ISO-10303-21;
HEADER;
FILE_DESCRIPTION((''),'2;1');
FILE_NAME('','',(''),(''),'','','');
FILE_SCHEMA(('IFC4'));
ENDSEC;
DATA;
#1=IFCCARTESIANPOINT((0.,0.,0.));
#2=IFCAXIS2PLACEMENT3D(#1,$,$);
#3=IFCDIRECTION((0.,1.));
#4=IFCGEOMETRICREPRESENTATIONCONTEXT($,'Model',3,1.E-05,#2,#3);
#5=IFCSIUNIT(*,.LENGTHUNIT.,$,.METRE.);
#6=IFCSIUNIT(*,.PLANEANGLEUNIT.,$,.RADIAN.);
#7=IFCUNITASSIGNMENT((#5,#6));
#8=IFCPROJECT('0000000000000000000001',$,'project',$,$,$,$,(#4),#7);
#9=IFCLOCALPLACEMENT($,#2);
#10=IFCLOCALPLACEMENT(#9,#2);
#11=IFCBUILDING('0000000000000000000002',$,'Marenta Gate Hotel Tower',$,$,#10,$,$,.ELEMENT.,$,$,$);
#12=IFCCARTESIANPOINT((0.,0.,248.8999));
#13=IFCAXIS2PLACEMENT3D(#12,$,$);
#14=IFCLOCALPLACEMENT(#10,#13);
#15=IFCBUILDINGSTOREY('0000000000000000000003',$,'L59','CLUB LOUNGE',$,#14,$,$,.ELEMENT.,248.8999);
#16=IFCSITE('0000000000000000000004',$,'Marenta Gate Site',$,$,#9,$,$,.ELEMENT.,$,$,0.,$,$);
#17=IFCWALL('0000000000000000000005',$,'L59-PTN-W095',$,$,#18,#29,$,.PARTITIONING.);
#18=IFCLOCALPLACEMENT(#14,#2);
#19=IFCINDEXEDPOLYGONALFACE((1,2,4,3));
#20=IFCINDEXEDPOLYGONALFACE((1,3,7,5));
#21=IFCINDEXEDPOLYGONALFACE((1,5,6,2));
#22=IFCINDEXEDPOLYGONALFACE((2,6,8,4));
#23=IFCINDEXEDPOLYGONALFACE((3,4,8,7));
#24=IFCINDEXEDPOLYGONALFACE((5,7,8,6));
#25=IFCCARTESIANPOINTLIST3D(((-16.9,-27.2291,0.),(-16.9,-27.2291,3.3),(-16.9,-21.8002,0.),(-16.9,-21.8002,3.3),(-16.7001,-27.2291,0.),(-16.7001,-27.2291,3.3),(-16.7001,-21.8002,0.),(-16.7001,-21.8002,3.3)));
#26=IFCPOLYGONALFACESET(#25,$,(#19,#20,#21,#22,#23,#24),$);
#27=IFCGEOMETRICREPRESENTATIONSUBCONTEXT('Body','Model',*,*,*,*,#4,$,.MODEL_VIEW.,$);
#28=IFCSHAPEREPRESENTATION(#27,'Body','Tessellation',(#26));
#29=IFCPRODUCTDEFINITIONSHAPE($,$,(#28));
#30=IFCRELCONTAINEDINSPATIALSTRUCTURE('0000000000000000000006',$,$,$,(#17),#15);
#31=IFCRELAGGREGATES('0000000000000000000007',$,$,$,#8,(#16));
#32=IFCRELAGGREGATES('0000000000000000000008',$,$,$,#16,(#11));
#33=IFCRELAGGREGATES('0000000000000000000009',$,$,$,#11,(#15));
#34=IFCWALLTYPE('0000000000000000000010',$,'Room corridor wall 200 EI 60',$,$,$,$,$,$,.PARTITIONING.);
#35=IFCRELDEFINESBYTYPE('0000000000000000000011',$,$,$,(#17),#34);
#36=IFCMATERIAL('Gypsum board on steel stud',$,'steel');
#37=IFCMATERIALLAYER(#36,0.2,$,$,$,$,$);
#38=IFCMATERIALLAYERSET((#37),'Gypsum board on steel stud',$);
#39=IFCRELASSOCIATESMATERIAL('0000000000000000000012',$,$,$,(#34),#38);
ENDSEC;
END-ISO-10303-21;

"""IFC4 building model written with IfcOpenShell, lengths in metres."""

from ifc_helpers import new_model, si_unit, direction, frame, frame_2d, origin, place, context, subcontext, project, spatial, rectangle, extrude, material, layer, layer_set, type_object, element, save


model = new_model("IFC4")

# Units and contexts
model_context = context("Model", 3, precision=1e-05, world=origin(), true_north=direction((0.0, 1.0)))
body_context = subcontext(model_context, "Body", "Model", "MODEL_VIEW")
ifc_project = project(units=[si_unit("LENGTHUNIT", "METRE"), si_unit("PLANEANGLEUNIT", "RADIAN")], contexts=[model_context])

# Site, building, storey
site_placement = place(None, origin())
site = spatial("IfcSite", under=ifc_project, at=site_placement, Name="Marenta Gate Site", CompositionType="ELEMENT", RefElevation=0.0)
building_placement = place(site_placement, origin())
building = spatial("IfcBuilding", under=site, at=building_placement, Name="Marenta Gate Hotel Tower", CompositionType="ELEMENT")
storey_placement = place(building_placement, frame((0.0, 0.0, 248.8999)))
storey = spatial("IfcBuildingStorey", under=building, at=storey_placement, Name="L59", Description="CLUB LOUNGE", CompositionType="ELEMENT", Elevation=248.8999)

# Shared definitions
ifc_material_1 = material(Name="Gypsum board on steel stud", Category="steel")
ifc_layer_1 = layer(ifc_material_1, 0.2)
ifc_layer_set_1 = layer_set([ifc_layer_1], Name="Gypsum board on steel stud")
wall_type = type_object("IfcWallType", Name="Room corridor wall 200 EI 60", PredefinedType="PARTITIONING", material=ifc_layer_set_1)

# Wall
wall_1_placement = place(storey_placement, frame((-16.8, -27.229, 0.0), z_axis=(0.0, 0.0, 1.0), x_axis=(0.0, 1.0, 0.0)))
element("IfcWall", 1, at=wall_1_placement, inside=storey, type_object=wall_type, Name="L59-PTN-W095", PredefinedType="PARTITIONING", context=body_context, shape_type="SweptSolid", body=[
    extrude(rectangle(XDim=5.429, YDim=0.2, at=frame_2d((2.7144, 0.0))), origin(), (0.0, 0.0, 1.0), 3.3),
])

save(model, "model.ifc")
